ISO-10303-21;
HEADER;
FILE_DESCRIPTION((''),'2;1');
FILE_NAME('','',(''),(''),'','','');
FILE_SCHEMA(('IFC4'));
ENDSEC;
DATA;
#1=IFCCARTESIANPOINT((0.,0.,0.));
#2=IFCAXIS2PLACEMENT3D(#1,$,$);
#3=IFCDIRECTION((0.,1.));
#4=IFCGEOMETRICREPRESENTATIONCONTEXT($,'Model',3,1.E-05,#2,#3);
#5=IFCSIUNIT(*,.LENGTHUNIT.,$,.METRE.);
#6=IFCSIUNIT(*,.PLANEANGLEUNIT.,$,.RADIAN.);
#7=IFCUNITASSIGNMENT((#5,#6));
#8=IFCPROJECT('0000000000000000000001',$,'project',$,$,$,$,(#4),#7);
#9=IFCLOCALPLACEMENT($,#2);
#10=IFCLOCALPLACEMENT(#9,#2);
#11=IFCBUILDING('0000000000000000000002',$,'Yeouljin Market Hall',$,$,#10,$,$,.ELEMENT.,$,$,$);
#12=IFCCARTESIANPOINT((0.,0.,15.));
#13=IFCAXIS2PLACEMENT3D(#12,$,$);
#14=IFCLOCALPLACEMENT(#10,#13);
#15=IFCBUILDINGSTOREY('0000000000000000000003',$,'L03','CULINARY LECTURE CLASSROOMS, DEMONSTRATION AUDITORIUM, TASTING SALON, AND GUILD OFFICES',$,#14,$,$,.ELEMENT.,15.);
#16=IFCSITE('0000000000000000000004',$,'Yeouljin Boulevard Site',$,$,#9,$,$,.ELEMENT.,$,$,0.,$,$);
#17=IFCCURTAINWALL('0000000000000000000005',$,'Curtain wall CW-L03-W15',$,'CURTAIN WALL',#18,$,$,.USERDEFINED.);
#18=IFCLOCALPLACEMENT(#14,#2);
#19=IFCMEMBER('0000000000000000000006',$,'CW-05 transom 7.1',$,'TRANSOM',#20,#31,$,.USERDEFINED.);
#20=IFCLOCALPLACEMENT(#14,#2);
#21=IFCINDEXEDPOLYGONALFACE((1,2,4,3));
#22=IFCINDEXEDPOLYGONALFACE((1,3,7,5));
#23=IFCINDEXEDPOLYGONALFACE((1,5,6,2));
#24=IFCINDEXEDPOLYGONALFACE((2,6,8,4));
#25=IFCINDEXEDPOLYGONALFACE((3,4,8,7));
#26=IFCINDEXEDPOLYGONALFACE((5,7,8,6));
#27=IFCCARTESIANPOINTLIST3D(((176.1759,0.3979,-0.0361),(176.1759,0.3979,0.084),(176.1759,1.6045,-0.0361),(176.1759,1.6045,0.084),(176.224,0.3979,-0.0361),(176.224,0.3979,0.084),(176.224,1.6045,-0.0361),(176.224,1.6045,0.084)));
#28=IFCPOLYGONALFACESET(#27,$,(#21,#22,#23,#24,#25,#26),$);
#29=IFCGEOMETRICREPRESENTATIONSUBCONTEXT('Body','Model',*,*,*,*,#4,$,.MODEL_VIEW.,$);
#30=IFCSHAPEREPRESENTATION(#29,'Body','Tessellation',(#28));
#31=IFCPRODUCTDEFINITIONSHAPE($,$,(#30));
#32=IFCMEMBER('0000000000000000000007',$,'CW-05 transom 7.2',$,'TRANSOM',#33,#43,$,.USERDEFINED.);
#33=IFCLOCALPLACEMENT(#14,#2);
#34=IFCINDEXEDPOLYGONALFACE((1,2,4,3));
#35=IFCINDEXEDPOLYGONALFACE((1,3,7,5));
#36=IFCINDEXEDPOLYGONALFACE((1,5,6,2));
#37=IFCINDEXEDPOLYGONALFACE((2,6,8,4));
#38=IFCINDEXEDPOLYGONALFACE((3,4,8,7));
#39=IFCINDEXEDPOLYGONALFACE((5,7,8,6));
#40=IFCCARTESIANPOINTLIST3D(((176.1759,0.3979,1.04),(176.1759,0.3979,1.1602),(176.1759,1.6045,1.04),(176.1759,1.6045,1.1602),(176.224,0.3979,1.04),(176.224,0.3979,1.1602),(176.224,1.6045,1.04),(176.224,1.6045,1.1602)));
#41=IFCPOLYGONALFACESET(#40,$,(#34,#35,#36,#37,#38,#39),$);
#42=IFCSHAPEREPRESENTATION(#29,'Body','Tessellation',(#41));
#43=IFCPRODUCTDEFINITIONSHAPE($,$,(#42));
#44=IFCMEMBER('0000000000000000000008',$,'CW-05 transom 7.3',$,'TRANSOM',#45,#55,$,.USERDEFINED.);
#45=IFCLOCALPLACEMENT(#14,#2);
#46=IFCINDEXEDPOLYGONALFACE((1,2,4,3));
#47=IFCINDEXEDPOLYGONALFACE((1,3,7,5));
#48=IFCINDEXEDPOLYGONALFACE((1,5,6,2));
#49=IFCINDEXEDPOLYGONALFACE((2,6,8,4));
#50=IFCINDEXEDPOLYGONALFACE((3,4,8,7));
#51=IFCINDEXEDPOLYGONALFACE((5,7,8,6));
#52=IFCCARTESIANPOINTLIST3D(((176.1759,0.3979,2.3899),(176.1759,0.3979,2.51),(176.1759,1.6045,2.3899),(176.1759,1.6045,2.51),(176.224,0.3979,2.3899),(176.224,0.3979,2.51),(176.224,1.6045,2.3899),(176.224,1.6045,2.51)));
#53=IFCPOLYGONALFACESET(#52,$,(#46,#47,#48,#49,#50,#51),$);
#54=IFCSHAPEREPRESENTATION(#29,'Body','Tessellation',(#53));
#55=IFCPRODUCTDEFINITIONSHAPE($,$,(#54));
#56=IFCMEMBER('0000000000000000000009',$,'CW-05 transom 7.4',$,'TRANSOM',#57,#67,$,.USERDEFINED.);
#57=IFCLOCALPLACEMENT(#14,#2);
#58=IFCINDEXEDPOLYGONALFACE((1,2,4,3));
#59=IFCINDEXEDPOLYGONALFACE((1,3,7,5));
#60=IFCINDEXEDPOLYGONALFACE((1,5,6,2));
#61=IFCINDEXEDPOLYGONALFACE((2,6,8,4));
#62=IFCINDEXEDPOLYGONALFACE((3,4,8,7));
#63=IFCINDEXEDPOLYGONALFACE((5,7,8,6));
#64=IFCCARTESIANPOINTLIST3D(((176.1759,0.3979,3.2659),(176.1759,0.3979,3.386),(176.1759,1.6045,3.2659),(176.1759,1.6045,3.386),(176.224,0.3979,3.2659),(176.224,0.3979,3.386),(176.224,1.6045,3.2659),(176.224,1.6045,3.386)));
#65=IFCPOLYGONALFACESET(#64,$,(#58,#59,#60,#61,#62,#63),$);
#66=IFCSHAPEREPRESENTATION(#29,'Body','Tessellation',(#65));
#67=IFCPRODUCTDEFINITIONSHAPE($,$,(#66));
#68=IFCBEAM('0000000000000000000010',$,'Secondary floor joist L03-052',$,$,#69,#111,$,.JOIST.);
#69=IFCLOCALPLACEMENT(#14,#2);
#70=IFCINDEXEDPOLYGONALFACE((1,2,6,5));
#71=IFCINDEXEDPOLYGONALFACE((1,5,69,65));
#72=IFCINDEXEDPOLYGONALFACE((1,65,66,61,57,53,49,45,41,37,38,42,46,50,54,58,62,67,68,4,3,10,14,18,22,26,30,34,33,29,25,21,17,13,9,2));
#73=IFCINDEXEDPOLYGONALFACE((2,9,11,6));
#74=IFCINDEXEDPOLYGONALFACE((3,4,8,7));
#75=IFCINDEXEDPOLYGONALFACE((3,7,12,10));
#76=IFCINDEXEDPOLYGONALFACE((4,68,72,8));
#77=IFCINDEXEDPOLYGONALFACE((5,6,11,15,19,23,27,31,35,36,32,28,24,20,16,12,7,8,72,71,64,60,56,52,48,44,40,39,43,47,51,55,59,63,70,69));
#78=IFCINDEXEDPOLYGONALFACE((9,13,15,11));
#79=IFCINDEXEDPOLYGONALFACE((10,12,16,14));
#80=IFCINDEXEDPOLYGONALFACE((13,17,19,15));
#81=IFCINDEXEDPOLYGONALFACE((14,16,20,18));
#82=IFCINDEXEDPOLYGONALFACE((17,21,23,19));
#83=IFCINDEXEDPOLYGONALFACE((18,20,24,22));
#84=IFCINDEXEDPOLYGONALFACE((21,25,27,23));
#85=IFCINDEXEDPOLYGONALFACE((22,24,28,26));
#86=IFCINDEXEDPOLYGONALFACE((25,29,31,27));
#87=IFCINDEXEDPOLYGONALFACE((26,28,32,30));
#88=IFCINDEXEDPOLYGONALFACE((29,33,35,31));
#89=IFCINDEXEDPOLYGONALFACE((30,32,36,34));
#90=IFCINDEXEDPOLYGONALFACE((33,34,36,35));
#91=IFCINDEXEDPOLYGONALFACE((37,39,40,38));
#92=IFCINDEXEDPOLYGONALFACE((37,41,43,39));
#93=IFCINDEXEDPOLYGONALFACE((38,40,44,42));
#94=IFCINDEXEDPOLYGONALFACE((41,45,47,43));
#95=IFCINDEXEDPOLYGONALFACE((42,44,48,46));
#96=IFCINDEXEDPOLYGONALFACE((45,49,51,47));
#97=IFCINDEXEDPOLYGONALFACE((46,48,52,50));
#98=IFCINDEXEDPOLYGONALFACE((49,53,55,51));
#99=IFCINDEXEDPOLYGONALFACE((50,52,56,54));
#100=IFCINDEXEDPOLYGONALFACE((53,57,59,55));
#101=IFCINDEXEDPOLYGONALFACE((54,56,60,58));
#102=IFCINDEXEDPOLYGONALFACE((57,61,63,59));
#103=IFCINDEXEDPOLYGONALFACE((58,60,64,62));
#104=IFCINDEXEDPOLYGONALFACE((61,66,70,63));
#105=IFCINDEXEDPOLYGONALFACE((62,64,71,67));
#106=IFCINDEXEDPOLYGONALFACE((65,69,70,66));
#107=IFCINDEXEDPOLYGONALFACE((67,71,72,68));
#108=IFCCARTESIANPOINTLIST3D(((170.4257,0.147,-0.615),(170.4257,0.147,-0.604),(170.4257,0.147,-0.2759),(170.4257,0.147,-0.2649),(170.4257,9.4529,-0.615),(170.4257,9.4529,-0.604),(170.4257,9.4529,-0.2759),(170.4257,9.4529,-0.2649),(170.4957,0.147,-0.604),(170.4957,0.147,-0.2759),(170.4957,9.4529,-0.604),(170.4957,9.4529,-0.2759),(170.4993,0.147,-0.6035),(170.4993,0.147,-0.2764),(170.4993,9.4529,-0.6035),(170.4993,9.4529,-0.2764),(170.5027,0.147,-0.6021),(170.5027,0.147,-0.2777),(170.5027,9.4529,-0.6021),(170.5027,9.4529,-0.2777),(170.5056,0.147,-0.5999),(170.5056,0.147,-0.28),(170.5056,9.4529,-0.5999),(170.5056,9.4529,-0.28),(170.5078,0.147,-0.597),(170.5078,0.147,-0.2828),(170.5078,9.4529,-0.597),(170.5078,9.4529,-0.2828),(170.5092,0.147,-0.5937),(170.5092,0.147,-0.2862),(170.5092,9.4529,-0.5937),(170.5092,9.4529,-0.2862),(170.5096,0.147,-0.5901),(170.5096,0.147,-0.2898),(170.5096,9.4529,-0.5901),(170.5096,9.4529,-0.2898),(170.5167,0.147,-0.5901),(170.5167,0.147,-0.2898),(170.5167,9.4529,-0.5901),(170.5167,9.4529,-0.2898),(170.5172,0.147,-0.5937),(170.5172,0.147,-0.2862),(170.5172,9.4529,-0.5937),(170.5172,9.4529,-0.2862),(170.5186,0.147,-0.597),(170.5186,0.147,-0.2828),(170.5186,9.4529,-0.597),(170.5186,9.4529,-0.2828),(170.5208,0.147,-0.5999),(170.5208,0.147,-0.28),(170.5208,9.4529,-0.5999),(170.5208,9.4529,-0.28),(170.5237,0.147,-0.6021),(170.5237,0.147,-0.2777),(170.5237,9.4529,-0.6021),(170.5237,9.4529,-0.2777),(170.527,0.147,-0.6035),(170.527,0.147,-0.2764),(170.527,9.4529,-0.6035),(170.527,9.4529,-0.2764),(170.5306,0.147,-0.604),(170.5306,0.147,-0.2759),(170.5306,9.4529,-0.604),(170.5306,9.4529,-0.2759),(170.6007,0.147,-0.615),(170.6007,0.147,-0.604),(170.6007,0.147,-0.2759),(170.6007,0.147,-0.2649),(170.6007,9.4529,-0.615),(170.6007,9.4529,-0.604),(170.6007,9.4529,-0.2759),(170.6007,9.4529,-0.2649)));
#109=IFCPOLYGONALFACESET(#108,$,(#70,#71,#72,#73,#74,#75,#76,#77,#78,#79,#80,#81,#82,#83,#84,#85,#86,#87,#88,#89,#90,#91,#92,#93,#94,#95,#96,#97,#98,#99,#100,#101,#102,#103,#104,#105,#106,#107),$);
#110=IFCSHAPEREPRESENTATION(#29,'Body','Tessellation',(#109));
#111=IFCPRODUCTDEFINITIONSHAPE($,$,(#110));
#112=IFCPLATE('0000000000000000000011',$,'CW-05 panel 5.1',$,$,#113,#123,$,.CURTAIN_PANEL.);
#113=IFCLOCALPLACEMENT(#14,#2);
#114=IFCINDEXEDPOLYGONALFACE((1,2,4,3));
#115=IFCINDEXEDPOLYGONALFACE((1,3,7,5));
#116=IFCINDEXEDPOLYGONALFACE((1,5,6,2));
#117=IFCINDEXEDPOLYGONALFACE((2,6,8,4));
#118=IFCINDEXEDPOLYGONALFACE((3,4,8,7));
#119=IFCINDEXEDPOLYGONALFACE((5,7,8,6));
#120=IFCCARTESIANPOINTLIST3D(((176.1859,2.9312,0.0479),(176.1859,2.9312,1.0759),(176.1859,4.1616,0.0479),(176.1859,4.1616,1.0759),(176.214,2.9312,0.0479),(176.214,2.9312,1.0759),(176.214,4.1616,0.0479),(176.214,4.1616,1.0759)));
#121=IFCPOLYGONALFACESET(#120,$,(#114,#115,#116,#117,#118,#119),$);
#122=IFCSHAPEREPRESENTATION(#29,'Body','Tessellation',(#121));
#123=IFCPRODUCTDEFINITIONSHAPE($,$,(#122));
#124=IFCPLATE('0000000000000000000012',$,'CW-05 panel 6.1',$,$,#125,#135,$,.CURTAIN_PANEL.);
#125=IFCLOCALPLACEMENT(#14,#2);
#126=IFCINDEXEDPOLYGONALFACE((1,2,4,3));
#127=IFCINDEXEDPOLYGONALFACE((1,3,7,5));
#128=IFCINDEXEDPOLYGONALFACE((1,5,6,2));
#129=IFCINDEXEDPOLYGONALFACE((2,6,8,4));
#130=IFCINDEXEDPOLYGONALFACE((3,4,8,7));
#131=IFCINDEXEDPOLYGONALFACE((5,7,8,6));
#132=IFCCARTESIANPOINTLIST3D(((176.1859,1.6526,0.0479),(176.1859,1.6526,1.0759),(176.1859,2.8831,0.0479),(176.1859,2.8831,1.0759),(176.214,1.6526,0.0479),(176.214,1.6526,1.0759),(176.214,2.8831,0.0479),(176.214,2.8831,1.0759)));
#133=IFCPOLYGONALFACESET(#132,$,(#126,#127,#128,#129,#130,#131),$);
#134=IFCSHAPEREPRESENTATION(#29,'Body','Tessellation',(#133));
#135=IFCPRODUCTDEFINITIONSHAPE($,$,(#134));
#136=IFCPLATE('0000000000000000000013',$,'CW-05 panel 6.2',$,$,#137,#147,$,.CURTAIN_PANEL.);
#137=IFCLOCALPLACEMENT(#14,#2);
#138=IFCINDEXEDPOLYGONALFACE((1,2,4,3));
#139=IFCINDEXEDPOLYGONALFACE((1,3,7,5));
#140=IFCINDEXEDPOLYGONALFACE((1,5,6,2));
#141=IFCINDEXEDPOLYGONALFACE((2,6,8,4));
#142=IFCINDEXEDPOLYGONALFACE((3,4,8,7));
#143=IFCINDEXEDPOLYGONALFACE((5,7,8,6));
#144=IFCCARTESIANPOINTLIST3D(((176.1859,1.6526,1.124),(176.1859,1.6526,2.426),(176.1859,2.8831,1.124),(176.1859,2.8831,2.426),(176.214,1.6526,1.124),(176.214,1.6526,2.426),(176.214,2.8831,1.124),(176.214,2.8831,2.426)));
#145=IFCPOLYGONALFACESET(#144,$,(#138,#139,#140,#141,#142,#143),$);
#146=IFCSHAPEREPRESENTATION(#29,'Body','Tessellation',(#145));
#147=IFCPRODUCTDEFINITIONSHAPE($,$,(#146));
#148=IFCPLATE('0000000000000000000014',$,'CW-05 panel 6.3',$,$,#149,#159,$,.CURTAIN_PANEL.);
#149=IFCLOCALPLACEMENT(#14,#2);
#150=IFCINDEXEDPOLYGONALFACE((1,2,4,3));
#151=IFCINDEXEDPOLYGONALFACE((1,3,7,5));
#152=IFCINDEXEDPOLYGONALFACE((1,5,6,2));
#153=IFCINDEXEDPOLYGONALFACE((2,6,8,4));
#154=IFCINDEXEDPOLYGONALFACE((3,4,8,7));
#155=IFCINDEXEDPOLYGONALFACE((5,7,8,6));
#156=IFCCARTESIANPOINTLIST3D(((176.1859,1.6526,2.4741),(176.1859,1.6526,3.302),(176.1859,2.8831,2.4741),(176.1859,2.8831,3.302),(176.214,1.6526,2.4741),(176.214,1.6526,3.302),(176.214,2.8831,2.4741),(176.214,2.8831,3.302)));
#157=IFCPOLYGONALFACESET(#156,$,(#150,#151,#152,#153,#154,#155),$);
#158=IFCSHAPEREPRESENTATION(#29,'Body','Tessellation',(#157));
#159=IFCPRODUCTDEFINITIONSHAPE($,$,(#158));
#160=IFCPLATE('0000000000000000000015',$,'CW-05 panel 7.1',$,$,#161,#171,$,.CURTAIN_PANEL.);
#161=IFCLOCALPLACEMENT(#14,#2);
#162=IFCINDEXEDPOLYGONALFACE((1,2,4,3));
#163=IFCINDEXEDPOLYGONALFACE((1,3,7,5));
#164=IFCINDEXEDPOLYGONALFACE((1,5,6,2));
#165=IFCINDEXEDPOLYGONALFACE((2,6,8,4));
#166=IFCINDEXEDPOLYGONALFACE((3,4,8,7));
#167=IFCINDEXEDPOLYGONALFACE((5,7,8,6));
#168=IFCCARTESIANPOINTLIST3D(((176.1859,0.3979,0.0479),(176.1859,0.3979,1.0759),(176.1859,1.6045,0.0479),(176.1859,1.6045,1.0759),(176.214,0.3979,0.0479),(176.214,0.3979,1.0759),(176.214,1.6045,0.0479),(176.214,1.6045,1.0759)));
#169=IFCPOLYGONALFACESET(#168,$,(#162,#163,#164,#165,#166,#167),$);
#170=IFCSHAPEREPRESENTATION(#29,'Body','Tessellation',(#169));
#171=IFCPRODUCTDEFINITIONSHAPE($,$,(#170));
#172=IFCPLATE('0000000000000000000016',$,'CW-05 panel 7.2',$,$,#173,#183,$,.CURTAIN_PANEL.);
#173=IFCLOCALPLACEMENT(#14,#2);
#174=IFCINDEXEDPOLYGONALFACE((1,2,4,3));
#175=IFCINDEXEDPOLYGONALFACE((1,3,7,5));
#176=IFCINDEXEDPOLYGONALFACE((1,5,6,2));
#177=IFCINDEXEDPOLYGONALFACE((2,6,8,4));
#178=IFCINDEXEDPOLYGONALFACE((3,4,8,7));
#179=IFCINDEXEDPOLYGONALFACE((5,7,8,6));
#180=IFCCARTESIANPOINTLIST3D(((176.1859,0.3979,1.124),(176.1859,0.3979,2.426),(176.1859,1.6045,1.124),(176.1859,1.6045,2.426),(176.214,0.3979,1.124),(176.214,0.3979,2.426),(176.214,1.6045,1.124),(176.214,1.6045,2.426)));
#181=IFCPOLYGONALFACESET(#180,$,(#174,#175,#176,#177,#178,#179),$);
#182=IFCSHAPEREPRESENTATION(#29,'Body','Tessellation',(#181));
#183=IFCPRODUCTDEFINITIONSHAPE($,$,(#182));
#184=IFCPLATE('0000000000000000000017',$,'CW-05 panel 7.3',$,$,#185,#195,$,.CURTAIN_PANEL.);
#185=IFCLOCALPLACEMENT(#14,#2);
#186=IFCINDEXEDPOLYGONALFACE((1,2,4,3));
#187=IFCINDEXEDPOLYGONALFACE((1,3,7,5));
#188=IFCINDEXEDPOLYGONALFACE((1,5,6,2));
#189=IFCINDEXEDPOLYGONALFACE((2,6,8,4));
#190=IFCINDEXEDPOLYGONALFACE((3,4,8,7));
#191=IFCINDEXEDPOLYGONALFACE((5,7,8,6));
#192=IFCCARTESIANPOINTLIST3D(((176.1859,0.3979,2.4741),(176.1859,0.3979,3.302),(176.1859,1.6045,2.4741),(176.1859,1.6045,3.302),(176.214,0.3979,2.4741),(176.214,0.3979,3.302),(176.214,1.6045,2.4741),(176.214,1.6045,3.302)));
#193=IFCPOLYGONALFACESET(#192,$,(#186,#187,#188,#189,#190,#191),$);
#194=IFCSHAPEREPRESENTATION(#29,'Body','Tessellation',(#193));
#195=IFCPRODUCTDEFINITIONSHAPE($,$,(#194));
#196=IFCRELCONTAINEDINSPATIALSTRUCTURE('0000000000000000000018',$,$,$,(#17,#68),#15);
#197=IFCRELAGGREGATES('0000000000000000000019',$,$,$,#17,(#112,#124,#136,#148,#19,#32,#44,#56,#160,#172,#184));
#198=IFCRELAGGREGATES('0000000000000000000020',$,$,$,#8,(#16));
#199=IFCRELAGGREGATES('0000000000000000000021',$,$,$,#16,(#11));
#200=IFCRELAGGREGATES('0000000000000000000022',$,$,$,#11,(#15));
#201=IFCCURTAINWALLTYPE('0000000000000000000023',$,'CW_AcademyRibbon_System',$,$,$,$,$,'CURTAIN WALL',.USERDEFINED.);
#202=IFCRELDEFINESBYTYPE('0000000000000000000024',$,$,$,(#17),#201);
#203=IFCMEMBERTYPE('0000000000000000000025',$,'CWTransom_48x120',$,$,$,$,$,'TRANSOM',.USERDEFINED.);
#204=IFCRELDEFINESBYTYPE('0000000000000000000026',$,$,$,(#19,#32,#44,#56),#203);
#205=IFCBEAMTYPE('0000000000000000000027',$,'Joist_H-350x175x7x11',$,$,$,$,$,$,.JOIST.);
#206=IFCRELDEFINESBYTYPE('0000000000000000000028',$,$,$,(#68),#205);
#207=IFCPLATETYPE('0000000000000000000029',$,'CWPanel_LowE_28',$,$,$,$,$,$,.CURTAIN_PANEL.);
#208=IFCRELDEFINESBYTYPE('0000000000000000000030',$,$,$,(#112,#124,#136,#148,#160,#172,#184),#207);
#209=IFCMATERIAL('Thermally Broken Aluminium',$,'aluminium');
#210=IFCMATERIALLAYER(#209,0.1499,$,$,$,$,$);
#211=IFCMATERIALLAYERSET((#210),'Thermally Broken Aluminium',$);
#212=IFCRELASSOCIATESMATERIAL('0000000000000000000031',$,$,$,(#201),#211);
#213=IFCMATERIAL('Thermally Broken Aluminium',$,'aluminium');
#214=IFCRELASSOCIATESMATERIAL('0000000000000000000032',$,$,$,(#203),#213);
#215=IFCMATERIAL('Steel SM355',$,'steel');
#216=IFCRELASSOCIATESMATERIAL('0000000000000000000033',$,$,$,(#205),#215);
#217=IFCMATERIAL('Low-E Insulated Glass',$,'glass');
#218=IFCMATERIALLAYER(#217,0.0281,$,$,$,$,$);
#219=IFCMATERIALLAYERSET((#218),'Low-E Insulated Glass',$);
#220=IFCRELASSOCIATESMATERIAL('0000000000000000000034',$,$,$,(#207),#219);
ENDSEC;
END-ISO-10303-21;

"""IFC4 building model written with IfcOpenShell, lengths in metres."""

from ifc_helpers import new_model, si_unit, direction, frame, origin, origin_2d, place, context, subcontext, project, spatial, rectangle, i_section, extrude, material, layer, layer_set, material_profile, profile_set, type_object, element, aggregate, save


model = new_model("IFC4")

# Units and contexts
model_context = context("Model", 3, precision=1e-05, world=origin(), true_north=direction((0.0, 1.0)))
body_context = subcontext(model_context, "Body", "Model", "MODEL_VIEW")
ifc_project = project(units=[si_unit("LENGTHUNIT", "METRE"), si_unit("PLANEANGLEUNIT", "RADIAN")], contexts=[model_context])

# Site, building, storey
site_placement = place(None, origin())
site = spatial("IfcSite", under=ifc_project, at=site_placement, Name="Yeouljin Boulevard Site", CompositionType="ELEMENT", RefElevation=0.0)
building_placement = place(site_placement, origin())
building = spatial("IfcBuilding", under=site, at=building_placement, Name="Yeouljin Market Hall", CompositionType="ELEMENT")
storey_placement = place(building_placement, frame((0.0, 0.0, 15.0)))
storey = spatial("IfcBuildingStorey", under=building, at=storey_placement, Name="L03", Description="CULINARY LECTURE CLASSROOMS, DEMONSTRATION AUDITORIUM, TASTING SALON, AND GUILD OFFICES", CompositionType="ELEMENT", Elevation=15.0)

# Curtain wall, members
ifc_material_1 = material(Name="Thermally Broken Aluminium", Category="aluminium")
ifc_layer_1 = layer(ifc_material_1, 0.1499)
ifc_layer_set_1 = layer_set([ifc_layer_1], Name="Thermally Broken Aluminium")
curtain_wall_type = type_object("IfcCurtainWallType", Name="CW_AcademyRibbon_System", ElementType="CURTAIN WALL", PredefinedType="USERDEFINED", material=ifc_layer_set_1)
curtain_wall_placement = place(storey_placement, origin())
curtain_wall = element("IfcCurtainWall", 1, at=curtain_wall_placement, inside=storey, type_object=curtain_wall_type, Name="Curtain wall CW-L03-W15", ObjectType="CURTAIN WALL", PredefinedType="USERDEFINED")
ifc_material_2 = material(Name="Thermally Broken Aluminium", Category="aluminium")
ifc_material_profile_1 = material_profile(ifc_material_2, rectangle(XDim=0.0481, YDim=0.1201, at=origin_2d()), Name="CW-TRAN-48x120")
ifc_profile_set_1 = profile_set([ifc_material_profile_1], Name="Thermally Broken Aluminium")
member_type_1 = type_object("IfcMemberType", Name="CWTransom_48x120", ElementType="TRANSOM", PredefinedType="USERDEFINED", material=ifc_profile_set_1)
member_1_placement = place(storey_placement, frame((176.2, 1.6045, 0.0239), z_axis=(0.0, -1.0, 0.0), x_axis=(1.0, 0.0, 0.0)))
member_1 = element("IfcMember", 2, at=member_1_placement, type_object=member_type_1, Name="CW-05 transom 7.1", ObjectType="TRANSOM", PredefinedType="USERDEFINED", context=body_context, shape_type="SweptSolid", body=[
    extrude(rectangle(XDim=0.0481, YDim=0.1201, at=origin_2d()), origin(), (0.0, 0.0, 1.0), 1.2065),
])
member_2_placement = place(storey_placement, frame((176.2, 1.6045, 1.1001), z_axis=(0.0, -1.0, 0.0), x_axis=(1.0, 0.0, 0.0)))
member_2 = element("IfcMember", 3, at=member_2_placement, type_object=member_type_1, Name="CW-05 transom 7.2", ObjectType="TRANSOM", PredefinedType="USERDEFINED", context=body_context, shape_type="SweptSolid", body=[
    extrude(rectangle(XDim=0.0481, YDim=0.1201, at=origin_2d()), origin(), (0.0, 0.0, 1.0), 1.2065),
])
member_3_placement = place(storey_placement, frame((176.2, 1.6045, 2.45), z_axis=(0.0, -1.0, 0.0), x_axis=(1.0, 0.0, 0.0)))
member_3 = element("IfcMember", 4, at=member_3_placement, type_object=member_type_1, Name="CW-05 transom 7.3", ObjectType="TRANSOM", PredefinedType="USERDEFINED", context=body_context, shape_type="SweptSolid", body=[
    extrude(rectangle(XDim=0.0481, YDim=0.1201, at=origin_2d()), origin(), (0.0, 0.0, 1.0), 1.2065),
])
member_4_placement = place(storey_placement, frame((176.2, 1.6045, 3.3259), z_axis=(0.0, -1.0, 0.0), x_axis=(1.0, 0.0, 0.0)))
member_4 = element("IfcMember", 5, at=member_4_placement, type_object=member_type_1, Name="CW-05 transom 7.4", ObjectType="TRANSOM", PredefinedType="USERDEFINED", context=body_context, shape_type="SweptSolid", body=[
    extrude(rectangle(XDim=0.0481, YDim=0.1201, at=origin_2d()), origin(), (0.0, 0.0, 1.0), 1.2065),
])

# Beam
ifc_material_3 = material(Name="Steel SM355", Category="steel")
ifc_material_profile_2 = material_profile(ifc_material_3, i_section(OverallWidth=0.175, OverallDepth=0.3501, WebThickness=0.0071, FlangeThickness=0.011, FilletRadius=0.0139, at=origin_2d()), Name="H-350x175x7x11")
ifc_profile_set_2 = profile_set([ifc_material_profile_2], Name="Steel SM355")
beam_type_1 = type_object("IfcBeamType", Name="Joist_H-350x175x7x11", PredefinedType="JOIST", material=ifc_profile_set_2)
beam_1_placement = place(storey_placement, frame((170.5132, 0.147, -0.4399), z_axis=(0.0, 1.0, 0.0), x_axis=(-1.0, 0.0, 0.0)))
element("IfcBeam", 6, at=beam_1_placement, inside=storey, type_object=beam_type_1, Name="Secondary floor joist L03-052", PredefinedType="JOIST", context=body_context, shape_type="SweptSolid", body=[
    extrude(i_section(OverallWidth=0.175, OverallDepth=0.3501, WebThickness=0.0071, FlangeThickness=0.011, FilletRadius=0.0139, at=origin_2d()), origin(), (0.0, 0.0, 1.0), 9.3059),
])

# Plates
ifc_material_4 = material(Name="Low-E Insulated Glass", Category="glass")
ifc_layer_2 = layer(ifc_material_4, 0.0281)
ifc_layer_set_2 = layer_set([ifc_layer_2], Name="Low-E Insulated Glass")
plate_type = type_object("IfcPlateType", Name="CWPanel_LowE_28", PredefinedType="CURTAIN_PANEL", material=ifc_layer_set_2)
plate_1_placement = place(storey_placement, frame((176.2, 3.5464, 0.0479), z_axis=(0.0, 0.0, 1.0), x_axis=(0.0, -1.0, 0.0)))
plate_1 = element("IfcPlate", 7, at=plate_1_placement, type_object=plate_type, Name="CW-05 panel 5.1", PredefinedType="CURTAIN_PANEL", context=body_context, shape_type="SweptSolid", body=[
    extrude(rectangle(XDim=1.2305, YDim=0.0281, at=origin_2d()), origin(), (0.0, 0.0, 1.0), 1.0281),
])
plate_2_placement = place(storey_placement, frame((176.2, 2.2678, 0.0479), z_axis=(0.0, 0.0, 1.0), x_axis=(0.0, -1.0, 0.0)))
plate_2 = element("IfcPlate", 8, at=plate_2_placement, type_object=plate_type, Name="CW-05 panel 6.1", PredefinedType="CURTAIN_PANEL", context=body_context, shape_type="SweptSolid", body=[
    extrude(rectangle(XDim=1.2305, YDim=0.0281, at=origin_2d()), origin(), (0.0, 0.0, 1.0), 1.0281),
])
plate_3_placement = place(storey_placement, frame((176.2, 2.2678, 1.124), z_axis=(0.0, 0.0, 1.0), x_axis=(0.0, -1.0, 0.0)))
plate_3 = element("IfcPlate", 9, at=plate_3_placement, type_object=plate_type, Name="CW-05 panel 6.2", PredefinedType="CURTAIN_PANEL", context=body_context, shape_type="SweptSolid", body=[
    extrude(rectangle(XDim=1.2305, YDim=0.0281, at=origin_2d()), origin(), (0.0, 0.0, 1.0), 1.302),
])
plate_4_placement = place(storey_placement, frame((176.2, 2.2678, 2.4741), z_axis=(0.0, 0.0, 1.0), x_axis=(0.0, -1.0, 0.0)))
plate_4 = element("IfcPlate", 10, at=plate_4_placement, type_object=plate_type, Name="CW-05 panel 6.3", PredefinedType="CURTAIN_PANEL", context=body_context, shape_type="SweptSolid", body=[
    extrude(rectangle(XDim=1.2305, YDim=0.0281, at=origin_2d()), origin(), (0.0, 0.0, 1.0), 0.8279),
])
plate_5_placement = place(storey_placement, frame((176.2, 1.0012, 0.0479), z_axis=(0.0, 0.0, 1.0), x_axis=(0.0, -1.0, 0.0)))
plate_5 = element("IfcPlate", 11, at=plate_5_placement, type_object=plate_type, Name="CW-05 panel 7.1", PredefinedType="CURTAIN_PANEL", context=body_context, shape_type="SweptSolid", body=[
    extrude(rectangle(XDim=1.2065, YDim=0.0281, at=origin_2d()), origin(), (0.0, 0.0, 1.0), 1.0281),
])
plate_6_placement = place(storey_placement, frame((176.2, 1.0012, 1.124), z_axis=(0.0, 0.0, 1.0), x_axis=(0.0, -1.0, 0.0)))
plate_6 = element("IfcPlate", 12, at=plate_6_placement, type_object=plate_type, Name="CW-05 panel 7.2", PredefinedType="CURTAIN_PANEL", context=body_context, shape_type="SweptSolid", body=[
    extrude(rectangle(XDim=1.2065, YDim=0.0281, at=origin_2d()), origin(), (0.0, 0.0, 1.0), 1.302),
])
plate_7_placement = place(storey_placement, frame((176.2, 1.0012, 2.4741), z_axis=(0.0, 0.0, 1.0), x_axis=(0.0, -1.0, 0.0)))
plate_7 = element("IfcPlate", 13, at=plate_7_placement, type_object=plate_type, Name="CW-05 panel 7.3", PredefinedType="CURTAIN_PANEL", context=body_context, shape_type="SweptSolid", body=[
    extrude(rectangle(XDim=1.2065, YDim=0.0281, at=origin_2d()), origin(), (0.0, 0.0, 1.0), 0.8279),
])
aggregate(curtain_wall, [plate_1, plate_2, plate_3, plate_4, member_1, member_2, member_3, member_4, plate_5, plate_6, plate_7])

save(model, "model.ifc")
